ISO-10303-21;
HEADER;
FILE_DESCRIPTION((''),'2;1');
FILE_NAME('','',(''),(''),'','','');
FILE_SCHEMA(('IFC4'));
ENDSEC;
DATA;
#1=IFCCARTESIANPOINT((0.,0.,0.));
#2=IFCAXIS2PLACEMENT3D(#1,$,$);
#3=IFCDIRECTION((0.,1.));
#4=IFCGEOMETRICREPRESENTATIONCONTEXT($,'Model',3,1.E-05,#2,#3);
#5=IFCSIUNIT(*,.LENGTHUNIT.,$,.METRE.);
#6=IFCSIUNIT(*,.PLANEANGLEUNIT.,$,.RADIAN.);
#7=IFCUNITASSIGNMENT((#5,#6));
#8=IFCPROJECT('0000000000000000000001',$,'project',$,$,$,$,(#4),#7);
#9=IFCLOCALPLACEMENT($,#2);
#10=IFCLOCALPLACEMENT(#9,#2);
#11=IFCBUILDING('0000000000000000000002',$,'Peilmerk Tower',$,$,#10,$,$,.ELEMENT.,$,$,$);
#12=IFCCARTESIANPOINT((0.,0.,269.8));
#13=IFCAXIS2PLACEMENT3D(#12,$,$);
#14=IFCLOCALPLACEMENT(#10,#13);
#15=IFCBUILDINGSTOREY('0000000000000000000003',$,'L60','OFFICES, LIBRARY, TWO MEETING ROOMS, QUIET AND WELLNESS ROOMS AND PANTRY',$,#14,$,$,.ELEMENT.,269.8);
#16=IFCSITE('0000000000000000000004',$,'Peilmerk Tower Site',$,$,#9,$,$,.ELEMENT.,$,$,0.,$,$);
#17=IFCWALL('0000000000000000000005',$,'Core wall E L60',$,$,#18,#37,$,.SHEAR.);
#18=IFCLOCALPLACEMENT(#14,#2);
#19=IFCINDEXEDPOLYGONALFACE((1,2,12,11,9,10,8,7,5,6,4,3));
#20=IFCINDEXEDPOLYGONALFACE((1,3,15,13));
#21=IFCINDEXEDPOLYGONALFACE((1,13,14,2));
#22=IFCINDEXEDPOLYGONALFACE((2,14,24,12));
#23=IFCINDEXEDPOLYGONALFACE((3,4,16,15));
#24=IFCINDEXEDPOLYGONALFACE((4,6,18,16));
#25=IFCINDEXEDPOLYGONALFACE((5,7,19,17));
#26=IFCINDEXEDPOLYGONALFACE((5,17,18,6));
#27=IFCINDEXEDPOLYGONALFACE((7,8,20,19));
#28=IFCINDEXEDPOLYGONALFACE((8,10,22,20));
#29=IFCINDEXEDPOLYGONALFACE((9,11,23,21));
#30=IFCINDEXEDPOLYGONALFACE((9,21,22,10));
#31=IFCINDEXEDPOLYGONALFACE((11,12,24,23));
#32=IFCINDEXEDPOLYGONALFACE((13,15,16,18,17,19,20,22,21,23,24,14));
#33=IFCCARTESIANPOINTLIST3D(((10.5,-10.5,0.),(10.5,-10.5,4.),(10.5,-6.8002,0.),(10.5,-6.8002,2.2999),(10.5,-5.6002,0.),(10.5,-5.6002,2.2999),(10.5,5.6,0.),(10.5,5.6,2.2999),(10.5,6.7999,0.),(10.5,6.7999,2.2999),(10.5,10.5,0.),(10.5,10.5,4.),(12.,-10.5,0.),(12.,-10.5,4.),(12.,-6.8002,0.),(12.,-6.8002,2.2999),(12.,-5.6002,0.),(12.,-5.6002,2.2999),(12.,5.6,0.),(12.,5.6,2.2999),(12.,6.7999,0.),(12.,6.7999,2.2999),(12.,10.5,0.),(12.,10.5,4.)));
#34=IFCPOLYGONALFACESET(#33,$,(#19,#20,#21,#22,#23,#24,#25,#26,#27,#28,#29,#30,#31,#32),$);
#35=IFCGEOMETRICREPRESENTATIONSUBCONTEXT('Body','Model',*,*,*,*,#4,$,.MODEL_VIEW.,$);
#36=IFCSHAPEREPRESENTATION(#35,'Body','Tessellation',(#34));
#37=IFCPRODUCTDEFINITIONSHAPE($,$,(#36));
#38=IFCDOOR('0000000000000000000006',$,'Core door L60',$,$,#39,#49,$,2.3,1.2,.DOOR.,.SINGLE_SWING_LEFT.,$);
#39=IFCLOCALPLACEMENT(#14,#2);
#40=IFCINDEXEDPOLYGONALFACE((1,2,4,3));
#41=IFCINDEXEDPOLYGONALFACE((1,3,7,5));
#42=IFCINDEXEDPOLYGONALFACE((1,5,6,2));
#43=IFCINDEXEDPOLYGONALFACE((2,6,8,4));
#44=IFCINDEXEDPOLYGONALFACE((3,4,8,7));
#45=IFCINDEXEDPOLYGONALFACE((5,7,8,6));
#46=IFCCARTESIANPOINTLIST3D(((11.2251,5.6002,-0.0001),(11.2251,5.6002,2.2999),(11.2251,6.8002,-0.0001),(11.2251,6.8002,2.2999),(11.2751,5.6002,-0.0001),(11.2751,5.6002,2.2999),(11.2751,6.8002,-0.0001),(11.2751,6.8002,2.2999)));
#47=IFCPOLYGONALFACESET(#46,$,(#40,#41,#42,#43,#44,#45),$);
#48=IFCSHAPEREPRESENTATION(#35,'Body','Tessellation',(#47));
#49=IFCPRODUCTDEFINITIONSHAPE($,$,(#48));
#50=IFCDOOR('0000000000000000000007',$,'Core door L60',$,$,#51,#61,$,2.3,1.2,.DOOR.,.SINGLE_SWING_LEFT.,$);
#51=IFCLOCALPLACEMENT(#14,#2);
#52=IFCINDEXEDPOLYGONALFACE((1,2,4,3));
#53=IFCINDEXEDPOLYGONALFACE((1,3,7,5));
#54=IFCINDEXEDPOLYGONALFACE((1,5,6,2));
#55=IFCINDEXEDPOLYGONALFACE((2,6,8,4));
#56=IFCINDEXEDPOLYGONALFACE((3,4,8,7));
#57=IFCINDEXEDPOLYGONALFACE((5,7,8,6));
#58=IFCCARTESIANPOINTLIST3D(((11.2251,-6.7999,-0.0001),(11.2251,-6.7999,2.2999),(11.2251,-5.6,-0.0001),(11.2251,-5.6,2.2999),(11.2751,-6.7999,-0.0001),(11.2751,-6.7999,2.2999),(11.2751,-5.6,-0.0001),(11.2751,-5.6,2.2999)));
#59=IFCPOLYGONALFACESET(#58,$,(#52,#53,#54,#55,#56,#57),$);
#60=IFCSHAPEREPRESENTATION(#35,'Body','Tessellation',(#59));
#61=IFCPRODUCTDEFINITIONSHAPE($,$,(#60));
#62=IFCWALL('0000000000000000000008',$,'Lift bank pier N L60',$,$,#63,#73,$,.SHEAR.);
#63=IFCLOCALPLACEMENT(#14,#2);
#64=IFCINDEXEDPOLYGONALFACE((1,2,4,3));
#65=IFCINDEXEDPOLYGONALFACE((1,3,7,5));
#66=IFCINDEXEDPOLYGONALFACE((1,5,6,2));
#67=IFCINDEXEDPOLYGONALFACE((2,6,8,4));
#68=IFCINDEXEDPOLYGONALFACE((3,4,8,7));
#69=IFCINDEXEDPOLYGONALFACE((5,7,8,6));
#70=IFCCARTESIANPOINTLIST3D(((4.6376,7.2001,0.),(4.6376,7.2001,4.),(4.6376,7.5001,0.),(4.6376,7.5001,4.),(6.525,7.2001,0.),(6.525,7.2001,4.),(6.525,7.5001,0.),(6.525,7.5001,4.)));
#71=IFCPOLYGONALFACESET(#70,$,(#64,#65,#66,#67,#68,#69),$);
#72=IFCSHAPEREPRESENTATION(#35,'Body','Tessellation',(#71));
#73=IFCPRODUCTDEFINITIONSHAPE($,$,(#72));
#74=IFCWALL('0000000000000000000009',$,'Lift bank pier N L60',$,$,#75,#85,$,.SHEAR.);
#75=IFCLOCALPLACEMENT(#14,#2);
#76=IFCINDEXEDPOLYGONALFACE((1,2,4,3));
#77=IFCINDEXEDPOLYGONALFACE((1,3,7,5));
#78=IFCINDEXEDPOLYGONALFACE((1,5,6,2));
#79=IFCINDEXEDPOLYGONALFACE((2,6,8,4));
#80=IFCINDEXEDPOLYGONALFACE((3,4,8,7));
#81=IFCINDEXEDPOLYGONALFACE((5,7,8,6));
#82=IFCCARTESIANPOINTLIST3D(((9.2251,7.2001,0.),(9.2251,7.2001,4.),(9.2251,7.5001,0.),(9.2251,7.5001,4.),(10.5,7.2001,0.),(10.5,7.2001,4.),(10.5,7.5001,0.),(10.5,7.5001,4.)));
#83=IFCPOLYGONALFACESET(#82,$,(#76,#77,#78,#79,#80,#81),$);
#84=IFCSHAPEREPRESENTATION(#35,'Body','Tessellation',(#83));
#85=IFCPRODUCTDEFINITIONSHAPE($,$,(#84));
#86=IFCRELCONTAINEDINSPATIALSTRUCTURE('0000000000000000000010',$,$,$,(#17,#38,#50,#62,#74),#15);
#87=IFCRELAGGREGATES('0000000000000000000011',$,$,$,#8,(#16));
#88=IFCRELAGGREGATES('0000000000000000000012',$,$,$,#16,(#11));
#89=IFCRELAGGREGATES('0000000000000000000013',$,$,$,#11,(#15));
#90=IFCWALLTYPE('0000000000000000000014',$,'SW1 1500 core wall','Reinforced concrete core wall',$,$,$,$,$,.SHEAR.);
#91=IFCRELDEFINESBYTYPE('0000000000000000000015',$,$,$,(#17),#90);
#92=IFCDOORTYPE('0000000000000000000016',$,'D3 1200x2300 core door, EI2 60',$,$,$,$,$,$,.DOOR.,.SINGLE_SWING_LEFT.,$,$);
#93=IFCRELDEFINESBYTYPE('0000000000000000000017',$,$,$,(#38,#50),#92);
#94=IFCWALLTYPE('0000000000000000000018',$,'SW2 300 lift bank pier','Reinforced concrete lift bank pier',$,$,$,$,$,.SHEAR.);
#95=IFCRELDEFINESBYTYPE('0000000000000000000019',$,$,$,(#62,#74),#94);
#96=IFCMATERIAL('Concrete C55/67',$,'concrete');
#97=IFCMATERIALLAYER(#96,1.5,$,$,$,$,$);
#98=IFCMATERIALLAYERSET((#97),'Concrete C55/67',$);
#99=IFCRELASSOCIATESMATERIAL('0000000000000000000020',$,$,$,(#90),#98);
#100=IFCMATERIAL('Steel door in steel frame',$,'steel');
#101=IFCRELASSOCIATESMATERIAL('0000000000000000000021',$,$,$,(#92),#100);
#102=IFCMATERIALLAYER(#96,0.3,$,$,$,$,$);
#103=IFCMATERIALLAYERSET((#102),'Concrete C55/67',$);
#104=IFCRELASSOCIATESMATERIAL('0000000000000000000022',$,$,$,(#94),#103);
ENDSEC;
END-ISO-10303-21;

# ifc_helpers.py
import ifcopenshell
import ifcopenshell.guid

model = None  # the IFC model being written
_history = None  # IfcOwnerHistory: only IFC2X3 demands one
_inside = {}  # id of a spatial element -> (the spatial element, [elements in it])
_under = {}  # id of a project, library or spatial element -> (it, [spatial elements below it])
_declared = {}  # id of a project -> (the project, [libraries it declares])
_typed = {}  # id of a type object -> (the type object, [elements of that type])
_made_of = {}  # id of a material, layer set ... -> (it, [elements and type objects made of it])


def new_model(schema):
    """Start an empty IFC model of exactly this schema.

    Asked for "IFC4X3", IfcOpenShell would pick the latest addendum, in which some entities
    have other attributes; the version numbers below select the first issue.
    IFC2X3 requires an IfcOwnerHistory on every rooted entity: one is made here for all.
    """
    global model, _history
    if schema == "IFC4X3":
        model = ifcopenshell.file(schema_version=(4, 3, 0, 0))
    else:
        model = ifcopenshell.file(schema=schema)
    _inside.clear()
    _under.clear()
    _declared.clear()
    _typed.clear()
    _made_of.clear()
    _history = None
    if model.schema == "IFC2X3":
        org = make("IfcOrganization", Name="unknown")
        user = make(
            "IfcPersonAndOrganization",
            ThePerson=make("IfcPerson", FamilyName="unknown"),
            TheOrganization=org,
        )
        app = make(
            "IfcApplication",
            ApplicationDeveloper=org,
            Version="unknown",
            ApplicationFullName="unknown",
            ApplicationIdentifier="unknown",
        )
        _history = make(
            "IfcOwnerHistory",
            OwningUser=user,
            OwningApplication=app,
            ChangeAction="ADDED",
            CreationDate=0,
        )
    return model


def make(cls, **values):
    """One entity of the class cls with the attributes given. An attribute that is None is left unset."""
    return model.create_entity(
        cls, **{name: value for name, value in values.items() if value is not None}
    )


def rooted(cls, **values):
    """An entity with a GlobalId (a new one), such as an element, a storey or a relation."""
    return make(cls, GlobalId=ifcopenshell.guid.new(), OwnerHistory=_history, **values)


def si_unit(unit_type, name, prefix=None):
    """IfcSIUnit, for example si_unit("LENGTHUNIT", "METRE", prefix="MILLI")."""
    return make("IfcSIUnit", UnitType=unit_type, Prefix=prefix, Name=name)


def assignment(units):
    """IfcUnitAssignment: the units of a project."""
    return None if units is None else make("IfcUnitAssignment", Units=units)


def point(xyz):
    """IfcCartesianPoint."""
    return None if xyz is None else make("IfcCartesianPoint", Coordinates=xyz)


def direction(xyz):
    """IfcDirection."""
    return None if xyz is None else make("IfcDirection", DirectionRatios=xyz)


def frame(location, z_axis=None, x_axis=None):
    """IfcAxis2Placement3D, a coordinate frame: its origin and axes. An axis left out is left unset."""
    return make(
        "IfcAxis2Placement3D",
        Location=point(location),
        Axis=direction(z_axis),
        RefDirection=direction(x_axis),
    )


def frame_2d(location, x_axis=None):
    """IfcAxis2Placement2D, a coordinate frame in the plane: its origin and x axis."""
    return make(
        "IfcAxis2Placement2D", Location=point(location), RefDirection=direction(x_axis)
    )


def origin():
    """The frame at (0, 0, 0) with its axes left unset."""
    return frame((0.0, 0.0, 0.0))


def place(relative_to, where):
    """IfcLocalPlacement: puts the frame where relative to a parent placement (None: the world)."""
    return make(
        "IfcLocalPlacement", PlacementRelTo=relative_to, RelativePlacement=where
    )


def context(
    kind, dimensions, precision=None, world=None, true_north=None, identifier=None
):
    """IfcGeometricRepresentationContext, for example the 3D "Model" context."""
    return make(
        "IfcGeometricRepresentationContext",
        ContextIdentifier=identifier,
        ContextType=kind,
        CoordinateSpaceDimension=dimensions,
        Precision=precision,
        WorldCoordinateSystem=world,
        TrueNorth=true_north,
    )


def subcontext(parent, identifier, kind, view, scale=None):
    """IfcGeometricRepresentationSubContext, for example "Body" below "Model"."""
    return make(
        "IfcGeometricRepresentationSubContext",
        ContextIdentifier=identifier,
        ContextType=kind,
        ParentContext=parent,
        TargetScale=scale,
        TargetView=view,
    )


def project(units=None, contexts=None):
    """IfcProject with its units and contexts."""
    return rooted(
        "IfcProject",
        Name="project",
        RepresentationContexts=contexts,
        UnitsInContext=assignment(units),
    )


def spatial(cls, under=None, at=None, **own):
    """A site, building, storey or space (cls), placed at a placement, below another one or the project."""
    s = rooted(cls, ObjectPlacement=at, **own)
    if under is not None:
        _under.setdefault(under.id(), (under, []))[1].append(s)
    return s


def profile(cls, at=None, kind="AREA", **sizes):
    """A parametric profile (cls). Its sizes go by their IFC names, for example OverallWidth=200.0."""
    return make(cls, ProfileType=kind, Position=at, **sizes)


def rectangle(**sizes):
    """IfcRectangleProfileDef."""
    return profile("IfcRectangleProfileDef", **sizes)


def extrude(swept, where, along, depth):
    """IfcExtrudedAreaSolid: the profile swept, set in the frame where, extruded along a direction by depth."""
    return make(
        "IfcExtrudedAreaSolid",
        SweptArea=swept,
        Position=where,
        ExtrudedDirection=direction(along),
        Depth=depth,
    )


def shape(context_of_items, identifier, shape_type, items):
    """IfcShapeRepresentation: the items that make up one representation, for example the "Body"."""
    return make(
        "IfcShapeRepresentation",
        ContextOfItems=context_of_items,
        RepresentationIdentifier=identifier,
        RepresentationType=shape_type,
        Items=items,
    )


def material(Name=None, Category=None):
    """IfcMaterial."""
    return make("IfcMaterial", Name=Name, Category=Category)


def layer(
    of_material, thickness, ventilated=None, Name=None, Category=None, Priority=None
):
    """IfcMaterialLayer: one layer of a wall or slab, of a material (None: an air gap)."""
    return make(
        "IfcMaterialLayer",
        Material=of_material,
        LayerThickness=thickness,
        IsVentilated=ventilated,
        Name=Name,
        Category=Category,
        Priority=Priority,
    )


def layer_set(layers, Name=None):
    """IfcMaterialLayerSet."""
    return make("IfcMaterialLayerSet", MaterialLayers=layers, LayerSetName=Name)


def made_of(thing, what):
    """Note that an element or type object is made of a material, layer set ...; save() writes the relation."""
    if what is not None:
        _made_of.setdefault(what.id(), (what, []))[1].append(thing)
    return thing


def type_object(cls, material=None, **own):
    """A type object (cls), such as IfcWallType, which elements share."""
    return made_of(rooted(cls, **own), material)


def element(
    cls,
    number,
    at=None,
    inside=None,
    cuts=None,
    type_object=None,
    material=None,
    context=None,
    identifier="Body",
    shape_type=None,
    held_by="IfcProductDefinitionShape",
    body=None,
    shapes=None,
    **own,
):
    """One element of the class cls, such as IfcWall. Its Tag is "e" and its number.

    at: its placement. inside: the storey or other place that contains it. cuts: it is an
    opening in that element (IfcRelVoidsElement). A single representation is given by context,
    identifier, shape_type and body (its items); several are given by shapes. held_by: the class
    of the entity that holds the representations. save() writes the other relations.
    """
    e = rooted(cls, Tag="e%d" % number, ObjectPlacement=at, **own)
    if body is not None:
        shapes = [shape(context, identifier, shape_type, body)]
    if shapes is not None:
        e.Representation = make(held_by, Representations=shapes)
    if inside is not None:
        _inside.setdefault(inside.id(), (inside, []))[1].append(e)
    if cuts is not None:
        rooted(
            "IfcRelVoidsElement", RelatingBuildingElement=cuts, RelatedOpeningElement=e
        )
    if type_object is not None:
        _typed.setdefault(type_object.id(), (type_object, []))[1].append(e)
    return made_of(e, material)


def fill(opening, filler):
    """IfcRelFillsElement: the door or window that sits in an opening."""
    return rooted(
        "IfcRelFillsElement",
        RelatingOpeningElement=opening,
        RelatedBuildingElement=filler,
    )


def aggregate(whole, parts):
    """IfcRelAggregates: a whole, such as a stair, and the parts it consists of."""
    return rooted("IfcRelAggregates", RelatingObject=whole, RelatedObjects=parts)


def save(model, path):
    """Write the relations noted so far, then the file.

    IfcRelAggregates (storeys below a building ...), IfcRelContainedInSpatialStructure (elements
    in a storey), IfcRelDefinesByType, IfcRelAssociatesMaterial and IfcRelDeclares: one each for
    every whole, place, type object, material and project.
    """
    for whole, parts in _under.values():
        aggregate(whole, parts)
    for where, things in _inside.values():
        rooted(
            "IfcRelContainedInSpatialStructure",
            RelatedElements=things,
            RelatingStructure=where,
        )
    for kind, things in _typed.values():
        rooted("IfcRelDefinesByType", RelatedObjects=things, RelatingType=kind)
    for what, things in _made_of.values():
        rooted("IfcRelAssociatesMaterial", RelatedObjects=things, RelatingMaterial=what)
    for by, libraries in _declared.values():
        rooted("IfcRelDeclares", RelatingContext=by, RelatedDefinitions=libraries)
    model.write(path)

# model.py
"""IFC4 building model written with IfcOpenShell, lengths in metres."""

from ifc_helpers import new_model, si_unit, direction, frame, frame_2d, origin, place, context, subcontext, project, spatial, rectangle, extrude, material, layer, layer_set, type_object, element, fill, save


model = new_model("IFC4")

# Units and contexts
model_context = context("Model", 3, precision=1e-05, world=origin(), true_north=direction((0.0, 1.0)))
body_context = subcontext(model_context, "Body", "Model", "MODEL_VIEW")
ifc_project = project(units=[si_unit("LENGTHUNIT", "METRE"), si_unit("PLANEANGLEUNIT", "RADIAN")], contexts=[model_context])

# Site, building, storey
site_placement = place(None, origin())
site = spatial("IfcSite", under=ifc_project, at=site_placement, Name="Peilmerk Tower Site", CompositionType="ELEMENT", RefElevation=0.0)
building_placement = place(site_placement, origin())
building = spatial("IfcBuilding", under=site, at=building_placement, Name="Peilmerk Tower", CompositionType="ELEMENT")
storey_placement = place(building_placement, frame((0.0, 0.0, 269.8)))
storey = spatial("IfcBuildingStorey", under=building, at=storey_placement, Name="L60", Description="OFFICES, LIBRARY, TWO MEETING ROOMS, QUIET AND WELLNESS ROOMS AND PANTRY", CompositionType="ELEMENT", Elevation=269.8)

# Shared definitions
ifc_material_1 = material(Name="Steel door in steel frame", Category="steel")

# Wall, openings, doors
ifc_material_2 = material(Name="Concrete C55/67", Category="concrete")
ifc_layer_1 = layer(ifc_material_2, 1.5)
ifc_layer_set_1 = layer_set([ifc_layer_1], Name="Concrete C55/67")
wall_type_1 = type_object("IfcWallType", Name="SW1 1500 core wall", Description="Reinforced concrete core wall", PredefinedType="SHEAR", material=ifc_layer_set_1)
wall_1_placement = place(storey_placement, frame((11.25, 10.5, 0.0), z_axis=(0.0, 0.0, 1.0), x_axis=(0.0, -1.0, 0.0)))
wall_1 = element("IfcWall", 1, at=wall_1_placement, inside=storey, type_object=wall_type_1, Name="Core wall E L60", PredefinedType="SHEAR", context=body_context, shape_type="SweptSolid", body=[
    extrude(rectangle(XDim=21.0, YDim=1.5, at=frame_2d((10.5, 0.0))), origin(), (0.0, 0.0, 1.0), 4.0),
])
opening_1_placement = place(wall_1_placement, frame((3.7, 0.0, 0.0)))
opening_1 = element("IfcOpeningElement", 2, at=opening_1_placement, cuts=wall_1, PredefinedType="OPENING", context=body_context, shape_type="SweptSolid", body=[
    extrude(rectangle(XDim=1.2, YDim=2.3, at=frame_2d((0.6001, 1.1499))), frame((0.0, 0.76, 0.0), z_axis=(0.0, -1.0, 0.0), x_axis=(1.0, 0.0, 0.0)), (0.0, 0.0, 1.0), 1.52),
])
opening_2_placement = place(wall_1_placement, frame((16.1001, 0.0, 0.0)))
opening_2 = element("IfcOpeningElement", 3, at=opening_2_placement, cuts=wall_1, PredefinedType="OPENING", context=body_context, shape_type="SweptSolid", body=[
    extrude(rectangle(XDim=1.2, YDim=2.3, at=frame_2d((0.6001, 1.1499))), frame((0.0, 0.76, 0.0), z_axis=(0.0, -1.0, 0.0), x_axis=(1.0, 0.0, 0.0)), (0.0, 0.0, 1.0), 1.52),
])
door_type_1 = type_object("IfcDoorType", Name="D3 1200x2300 core door, EI2 60", OperationType="SINGLE_SWING_LEFT", PredefinedType="DOOR", material=ifc_material_1)
door_1_placement = place(opening_1_placement, frame((1.2, 0.0, 0.0), z_axis=(0.0, 0.0, 1.0), x_axis=(-1.0, 0.0, 0.0)))
door_1 = element("IfcDoor", 4, at=door_1_placement, inside=storey, type_object=door_type_1, Name="Core door L60", OperationType="SINGLE_SWING_LEFT", OverallHeight=2.3, OverallWidth=1.2, PredefinedType="DOOR", context=body_context, shape_type="SweptSolid", body=[
    extrude(rectangle(XDim=1.2, YDim=2.3, at=frame_2d((0.6001, 1.1499))), frame((0.0, 0.0249, 0.0), z_axis=(0.0, -1.0, 0.0), x_axis=(1.0, 0.0, 0.0)), (0.0, 0.0, 1.0), 0.05),
])
fill(opening_1, door_1)
door_2_placement = place(opening_2_placement, frame((1.2, 0.0, 0.0), z_axis=(0.0, 0.0, 1.0), x_axis=(-1.0, 0.0, 0.0)))
door_2 = element("IfcDoor", 5, at=door_2_placement, inside=storey, type_object=door_type_1, Name="Core door L60", OperationType="SINGLE_SWING_LEFT", OverallHeight=2.3, OverallWidth=1.2, PredefinedType="DOOR", context=body_context, shape_type="SweptSolid", body=[
    extrude(rectangle(XDim=1.2, YDim=2.3, at=frame_2d((0.6001, 1.1499))), frame((0.0, 0.0249, 0.0), z_axis=(0.0, -1.0, 0.0), x_axis=(1.0, 0.0, 0.0)), (0.0, 0.0, 1.0), 0.05),
])
fill(opening_2, door_2)

# Walls
ifc_layer_2 = layer(ifc_material_2, 0.3)
ifc_layer_set_2 = layer_set([ifc_layer_2], Name="Concrete C55/67")
wall_type_2 = type_object("IfcWallType", Name="SW2 300 lift bank pier", Description="Reinforced concrete lift bank pier", PredefinedType="SHEAR", material=ifc_layer_set_2)
wall_2_placement = place(storey_placement, frame((4.6375, 7.3501, 0.0), z_axis=(0.0, 0.0, 1.0), x_axis=(1.0, 0.0, 0.0)))
element("IfcWall", 6, at=wall_2_placement, inside=storey, type_object=wall_type_2, Name="Lift bank pier N L60", PredefinedType="SHEAR", context=body_context, shape_type="SweptSolid", body=[
    extrude(rectangle(XDim=1.8875, YDim=0.3, at=frame_2d((0.9438, 0.0))), origin(), (0.0, 0.0, 1.0), 4.0),
])
wall_3_placement = place(storey_placement, frame((9.2251, 7.3501, 0.0), z_axis=(0.0, 0.0, 1.0), x_axis=(1.0, 0.0, 0.0)))
element("IfcWall", 7, at=wall_3_placement, inside=storey, type_object=wall_type_2, Name="Lift bank pier N L60", PredefinedType="SHEAR", context=body_context, shape_type="SweptSolid", body=[
    extrude(rectangle(XDim=1.2749, YDim=0.3, at=frame_2d((0.6375, 0.0))), origin(), (0.0, 0.0, 1.0), 4.0),
])

save(model, "model.ifc")
